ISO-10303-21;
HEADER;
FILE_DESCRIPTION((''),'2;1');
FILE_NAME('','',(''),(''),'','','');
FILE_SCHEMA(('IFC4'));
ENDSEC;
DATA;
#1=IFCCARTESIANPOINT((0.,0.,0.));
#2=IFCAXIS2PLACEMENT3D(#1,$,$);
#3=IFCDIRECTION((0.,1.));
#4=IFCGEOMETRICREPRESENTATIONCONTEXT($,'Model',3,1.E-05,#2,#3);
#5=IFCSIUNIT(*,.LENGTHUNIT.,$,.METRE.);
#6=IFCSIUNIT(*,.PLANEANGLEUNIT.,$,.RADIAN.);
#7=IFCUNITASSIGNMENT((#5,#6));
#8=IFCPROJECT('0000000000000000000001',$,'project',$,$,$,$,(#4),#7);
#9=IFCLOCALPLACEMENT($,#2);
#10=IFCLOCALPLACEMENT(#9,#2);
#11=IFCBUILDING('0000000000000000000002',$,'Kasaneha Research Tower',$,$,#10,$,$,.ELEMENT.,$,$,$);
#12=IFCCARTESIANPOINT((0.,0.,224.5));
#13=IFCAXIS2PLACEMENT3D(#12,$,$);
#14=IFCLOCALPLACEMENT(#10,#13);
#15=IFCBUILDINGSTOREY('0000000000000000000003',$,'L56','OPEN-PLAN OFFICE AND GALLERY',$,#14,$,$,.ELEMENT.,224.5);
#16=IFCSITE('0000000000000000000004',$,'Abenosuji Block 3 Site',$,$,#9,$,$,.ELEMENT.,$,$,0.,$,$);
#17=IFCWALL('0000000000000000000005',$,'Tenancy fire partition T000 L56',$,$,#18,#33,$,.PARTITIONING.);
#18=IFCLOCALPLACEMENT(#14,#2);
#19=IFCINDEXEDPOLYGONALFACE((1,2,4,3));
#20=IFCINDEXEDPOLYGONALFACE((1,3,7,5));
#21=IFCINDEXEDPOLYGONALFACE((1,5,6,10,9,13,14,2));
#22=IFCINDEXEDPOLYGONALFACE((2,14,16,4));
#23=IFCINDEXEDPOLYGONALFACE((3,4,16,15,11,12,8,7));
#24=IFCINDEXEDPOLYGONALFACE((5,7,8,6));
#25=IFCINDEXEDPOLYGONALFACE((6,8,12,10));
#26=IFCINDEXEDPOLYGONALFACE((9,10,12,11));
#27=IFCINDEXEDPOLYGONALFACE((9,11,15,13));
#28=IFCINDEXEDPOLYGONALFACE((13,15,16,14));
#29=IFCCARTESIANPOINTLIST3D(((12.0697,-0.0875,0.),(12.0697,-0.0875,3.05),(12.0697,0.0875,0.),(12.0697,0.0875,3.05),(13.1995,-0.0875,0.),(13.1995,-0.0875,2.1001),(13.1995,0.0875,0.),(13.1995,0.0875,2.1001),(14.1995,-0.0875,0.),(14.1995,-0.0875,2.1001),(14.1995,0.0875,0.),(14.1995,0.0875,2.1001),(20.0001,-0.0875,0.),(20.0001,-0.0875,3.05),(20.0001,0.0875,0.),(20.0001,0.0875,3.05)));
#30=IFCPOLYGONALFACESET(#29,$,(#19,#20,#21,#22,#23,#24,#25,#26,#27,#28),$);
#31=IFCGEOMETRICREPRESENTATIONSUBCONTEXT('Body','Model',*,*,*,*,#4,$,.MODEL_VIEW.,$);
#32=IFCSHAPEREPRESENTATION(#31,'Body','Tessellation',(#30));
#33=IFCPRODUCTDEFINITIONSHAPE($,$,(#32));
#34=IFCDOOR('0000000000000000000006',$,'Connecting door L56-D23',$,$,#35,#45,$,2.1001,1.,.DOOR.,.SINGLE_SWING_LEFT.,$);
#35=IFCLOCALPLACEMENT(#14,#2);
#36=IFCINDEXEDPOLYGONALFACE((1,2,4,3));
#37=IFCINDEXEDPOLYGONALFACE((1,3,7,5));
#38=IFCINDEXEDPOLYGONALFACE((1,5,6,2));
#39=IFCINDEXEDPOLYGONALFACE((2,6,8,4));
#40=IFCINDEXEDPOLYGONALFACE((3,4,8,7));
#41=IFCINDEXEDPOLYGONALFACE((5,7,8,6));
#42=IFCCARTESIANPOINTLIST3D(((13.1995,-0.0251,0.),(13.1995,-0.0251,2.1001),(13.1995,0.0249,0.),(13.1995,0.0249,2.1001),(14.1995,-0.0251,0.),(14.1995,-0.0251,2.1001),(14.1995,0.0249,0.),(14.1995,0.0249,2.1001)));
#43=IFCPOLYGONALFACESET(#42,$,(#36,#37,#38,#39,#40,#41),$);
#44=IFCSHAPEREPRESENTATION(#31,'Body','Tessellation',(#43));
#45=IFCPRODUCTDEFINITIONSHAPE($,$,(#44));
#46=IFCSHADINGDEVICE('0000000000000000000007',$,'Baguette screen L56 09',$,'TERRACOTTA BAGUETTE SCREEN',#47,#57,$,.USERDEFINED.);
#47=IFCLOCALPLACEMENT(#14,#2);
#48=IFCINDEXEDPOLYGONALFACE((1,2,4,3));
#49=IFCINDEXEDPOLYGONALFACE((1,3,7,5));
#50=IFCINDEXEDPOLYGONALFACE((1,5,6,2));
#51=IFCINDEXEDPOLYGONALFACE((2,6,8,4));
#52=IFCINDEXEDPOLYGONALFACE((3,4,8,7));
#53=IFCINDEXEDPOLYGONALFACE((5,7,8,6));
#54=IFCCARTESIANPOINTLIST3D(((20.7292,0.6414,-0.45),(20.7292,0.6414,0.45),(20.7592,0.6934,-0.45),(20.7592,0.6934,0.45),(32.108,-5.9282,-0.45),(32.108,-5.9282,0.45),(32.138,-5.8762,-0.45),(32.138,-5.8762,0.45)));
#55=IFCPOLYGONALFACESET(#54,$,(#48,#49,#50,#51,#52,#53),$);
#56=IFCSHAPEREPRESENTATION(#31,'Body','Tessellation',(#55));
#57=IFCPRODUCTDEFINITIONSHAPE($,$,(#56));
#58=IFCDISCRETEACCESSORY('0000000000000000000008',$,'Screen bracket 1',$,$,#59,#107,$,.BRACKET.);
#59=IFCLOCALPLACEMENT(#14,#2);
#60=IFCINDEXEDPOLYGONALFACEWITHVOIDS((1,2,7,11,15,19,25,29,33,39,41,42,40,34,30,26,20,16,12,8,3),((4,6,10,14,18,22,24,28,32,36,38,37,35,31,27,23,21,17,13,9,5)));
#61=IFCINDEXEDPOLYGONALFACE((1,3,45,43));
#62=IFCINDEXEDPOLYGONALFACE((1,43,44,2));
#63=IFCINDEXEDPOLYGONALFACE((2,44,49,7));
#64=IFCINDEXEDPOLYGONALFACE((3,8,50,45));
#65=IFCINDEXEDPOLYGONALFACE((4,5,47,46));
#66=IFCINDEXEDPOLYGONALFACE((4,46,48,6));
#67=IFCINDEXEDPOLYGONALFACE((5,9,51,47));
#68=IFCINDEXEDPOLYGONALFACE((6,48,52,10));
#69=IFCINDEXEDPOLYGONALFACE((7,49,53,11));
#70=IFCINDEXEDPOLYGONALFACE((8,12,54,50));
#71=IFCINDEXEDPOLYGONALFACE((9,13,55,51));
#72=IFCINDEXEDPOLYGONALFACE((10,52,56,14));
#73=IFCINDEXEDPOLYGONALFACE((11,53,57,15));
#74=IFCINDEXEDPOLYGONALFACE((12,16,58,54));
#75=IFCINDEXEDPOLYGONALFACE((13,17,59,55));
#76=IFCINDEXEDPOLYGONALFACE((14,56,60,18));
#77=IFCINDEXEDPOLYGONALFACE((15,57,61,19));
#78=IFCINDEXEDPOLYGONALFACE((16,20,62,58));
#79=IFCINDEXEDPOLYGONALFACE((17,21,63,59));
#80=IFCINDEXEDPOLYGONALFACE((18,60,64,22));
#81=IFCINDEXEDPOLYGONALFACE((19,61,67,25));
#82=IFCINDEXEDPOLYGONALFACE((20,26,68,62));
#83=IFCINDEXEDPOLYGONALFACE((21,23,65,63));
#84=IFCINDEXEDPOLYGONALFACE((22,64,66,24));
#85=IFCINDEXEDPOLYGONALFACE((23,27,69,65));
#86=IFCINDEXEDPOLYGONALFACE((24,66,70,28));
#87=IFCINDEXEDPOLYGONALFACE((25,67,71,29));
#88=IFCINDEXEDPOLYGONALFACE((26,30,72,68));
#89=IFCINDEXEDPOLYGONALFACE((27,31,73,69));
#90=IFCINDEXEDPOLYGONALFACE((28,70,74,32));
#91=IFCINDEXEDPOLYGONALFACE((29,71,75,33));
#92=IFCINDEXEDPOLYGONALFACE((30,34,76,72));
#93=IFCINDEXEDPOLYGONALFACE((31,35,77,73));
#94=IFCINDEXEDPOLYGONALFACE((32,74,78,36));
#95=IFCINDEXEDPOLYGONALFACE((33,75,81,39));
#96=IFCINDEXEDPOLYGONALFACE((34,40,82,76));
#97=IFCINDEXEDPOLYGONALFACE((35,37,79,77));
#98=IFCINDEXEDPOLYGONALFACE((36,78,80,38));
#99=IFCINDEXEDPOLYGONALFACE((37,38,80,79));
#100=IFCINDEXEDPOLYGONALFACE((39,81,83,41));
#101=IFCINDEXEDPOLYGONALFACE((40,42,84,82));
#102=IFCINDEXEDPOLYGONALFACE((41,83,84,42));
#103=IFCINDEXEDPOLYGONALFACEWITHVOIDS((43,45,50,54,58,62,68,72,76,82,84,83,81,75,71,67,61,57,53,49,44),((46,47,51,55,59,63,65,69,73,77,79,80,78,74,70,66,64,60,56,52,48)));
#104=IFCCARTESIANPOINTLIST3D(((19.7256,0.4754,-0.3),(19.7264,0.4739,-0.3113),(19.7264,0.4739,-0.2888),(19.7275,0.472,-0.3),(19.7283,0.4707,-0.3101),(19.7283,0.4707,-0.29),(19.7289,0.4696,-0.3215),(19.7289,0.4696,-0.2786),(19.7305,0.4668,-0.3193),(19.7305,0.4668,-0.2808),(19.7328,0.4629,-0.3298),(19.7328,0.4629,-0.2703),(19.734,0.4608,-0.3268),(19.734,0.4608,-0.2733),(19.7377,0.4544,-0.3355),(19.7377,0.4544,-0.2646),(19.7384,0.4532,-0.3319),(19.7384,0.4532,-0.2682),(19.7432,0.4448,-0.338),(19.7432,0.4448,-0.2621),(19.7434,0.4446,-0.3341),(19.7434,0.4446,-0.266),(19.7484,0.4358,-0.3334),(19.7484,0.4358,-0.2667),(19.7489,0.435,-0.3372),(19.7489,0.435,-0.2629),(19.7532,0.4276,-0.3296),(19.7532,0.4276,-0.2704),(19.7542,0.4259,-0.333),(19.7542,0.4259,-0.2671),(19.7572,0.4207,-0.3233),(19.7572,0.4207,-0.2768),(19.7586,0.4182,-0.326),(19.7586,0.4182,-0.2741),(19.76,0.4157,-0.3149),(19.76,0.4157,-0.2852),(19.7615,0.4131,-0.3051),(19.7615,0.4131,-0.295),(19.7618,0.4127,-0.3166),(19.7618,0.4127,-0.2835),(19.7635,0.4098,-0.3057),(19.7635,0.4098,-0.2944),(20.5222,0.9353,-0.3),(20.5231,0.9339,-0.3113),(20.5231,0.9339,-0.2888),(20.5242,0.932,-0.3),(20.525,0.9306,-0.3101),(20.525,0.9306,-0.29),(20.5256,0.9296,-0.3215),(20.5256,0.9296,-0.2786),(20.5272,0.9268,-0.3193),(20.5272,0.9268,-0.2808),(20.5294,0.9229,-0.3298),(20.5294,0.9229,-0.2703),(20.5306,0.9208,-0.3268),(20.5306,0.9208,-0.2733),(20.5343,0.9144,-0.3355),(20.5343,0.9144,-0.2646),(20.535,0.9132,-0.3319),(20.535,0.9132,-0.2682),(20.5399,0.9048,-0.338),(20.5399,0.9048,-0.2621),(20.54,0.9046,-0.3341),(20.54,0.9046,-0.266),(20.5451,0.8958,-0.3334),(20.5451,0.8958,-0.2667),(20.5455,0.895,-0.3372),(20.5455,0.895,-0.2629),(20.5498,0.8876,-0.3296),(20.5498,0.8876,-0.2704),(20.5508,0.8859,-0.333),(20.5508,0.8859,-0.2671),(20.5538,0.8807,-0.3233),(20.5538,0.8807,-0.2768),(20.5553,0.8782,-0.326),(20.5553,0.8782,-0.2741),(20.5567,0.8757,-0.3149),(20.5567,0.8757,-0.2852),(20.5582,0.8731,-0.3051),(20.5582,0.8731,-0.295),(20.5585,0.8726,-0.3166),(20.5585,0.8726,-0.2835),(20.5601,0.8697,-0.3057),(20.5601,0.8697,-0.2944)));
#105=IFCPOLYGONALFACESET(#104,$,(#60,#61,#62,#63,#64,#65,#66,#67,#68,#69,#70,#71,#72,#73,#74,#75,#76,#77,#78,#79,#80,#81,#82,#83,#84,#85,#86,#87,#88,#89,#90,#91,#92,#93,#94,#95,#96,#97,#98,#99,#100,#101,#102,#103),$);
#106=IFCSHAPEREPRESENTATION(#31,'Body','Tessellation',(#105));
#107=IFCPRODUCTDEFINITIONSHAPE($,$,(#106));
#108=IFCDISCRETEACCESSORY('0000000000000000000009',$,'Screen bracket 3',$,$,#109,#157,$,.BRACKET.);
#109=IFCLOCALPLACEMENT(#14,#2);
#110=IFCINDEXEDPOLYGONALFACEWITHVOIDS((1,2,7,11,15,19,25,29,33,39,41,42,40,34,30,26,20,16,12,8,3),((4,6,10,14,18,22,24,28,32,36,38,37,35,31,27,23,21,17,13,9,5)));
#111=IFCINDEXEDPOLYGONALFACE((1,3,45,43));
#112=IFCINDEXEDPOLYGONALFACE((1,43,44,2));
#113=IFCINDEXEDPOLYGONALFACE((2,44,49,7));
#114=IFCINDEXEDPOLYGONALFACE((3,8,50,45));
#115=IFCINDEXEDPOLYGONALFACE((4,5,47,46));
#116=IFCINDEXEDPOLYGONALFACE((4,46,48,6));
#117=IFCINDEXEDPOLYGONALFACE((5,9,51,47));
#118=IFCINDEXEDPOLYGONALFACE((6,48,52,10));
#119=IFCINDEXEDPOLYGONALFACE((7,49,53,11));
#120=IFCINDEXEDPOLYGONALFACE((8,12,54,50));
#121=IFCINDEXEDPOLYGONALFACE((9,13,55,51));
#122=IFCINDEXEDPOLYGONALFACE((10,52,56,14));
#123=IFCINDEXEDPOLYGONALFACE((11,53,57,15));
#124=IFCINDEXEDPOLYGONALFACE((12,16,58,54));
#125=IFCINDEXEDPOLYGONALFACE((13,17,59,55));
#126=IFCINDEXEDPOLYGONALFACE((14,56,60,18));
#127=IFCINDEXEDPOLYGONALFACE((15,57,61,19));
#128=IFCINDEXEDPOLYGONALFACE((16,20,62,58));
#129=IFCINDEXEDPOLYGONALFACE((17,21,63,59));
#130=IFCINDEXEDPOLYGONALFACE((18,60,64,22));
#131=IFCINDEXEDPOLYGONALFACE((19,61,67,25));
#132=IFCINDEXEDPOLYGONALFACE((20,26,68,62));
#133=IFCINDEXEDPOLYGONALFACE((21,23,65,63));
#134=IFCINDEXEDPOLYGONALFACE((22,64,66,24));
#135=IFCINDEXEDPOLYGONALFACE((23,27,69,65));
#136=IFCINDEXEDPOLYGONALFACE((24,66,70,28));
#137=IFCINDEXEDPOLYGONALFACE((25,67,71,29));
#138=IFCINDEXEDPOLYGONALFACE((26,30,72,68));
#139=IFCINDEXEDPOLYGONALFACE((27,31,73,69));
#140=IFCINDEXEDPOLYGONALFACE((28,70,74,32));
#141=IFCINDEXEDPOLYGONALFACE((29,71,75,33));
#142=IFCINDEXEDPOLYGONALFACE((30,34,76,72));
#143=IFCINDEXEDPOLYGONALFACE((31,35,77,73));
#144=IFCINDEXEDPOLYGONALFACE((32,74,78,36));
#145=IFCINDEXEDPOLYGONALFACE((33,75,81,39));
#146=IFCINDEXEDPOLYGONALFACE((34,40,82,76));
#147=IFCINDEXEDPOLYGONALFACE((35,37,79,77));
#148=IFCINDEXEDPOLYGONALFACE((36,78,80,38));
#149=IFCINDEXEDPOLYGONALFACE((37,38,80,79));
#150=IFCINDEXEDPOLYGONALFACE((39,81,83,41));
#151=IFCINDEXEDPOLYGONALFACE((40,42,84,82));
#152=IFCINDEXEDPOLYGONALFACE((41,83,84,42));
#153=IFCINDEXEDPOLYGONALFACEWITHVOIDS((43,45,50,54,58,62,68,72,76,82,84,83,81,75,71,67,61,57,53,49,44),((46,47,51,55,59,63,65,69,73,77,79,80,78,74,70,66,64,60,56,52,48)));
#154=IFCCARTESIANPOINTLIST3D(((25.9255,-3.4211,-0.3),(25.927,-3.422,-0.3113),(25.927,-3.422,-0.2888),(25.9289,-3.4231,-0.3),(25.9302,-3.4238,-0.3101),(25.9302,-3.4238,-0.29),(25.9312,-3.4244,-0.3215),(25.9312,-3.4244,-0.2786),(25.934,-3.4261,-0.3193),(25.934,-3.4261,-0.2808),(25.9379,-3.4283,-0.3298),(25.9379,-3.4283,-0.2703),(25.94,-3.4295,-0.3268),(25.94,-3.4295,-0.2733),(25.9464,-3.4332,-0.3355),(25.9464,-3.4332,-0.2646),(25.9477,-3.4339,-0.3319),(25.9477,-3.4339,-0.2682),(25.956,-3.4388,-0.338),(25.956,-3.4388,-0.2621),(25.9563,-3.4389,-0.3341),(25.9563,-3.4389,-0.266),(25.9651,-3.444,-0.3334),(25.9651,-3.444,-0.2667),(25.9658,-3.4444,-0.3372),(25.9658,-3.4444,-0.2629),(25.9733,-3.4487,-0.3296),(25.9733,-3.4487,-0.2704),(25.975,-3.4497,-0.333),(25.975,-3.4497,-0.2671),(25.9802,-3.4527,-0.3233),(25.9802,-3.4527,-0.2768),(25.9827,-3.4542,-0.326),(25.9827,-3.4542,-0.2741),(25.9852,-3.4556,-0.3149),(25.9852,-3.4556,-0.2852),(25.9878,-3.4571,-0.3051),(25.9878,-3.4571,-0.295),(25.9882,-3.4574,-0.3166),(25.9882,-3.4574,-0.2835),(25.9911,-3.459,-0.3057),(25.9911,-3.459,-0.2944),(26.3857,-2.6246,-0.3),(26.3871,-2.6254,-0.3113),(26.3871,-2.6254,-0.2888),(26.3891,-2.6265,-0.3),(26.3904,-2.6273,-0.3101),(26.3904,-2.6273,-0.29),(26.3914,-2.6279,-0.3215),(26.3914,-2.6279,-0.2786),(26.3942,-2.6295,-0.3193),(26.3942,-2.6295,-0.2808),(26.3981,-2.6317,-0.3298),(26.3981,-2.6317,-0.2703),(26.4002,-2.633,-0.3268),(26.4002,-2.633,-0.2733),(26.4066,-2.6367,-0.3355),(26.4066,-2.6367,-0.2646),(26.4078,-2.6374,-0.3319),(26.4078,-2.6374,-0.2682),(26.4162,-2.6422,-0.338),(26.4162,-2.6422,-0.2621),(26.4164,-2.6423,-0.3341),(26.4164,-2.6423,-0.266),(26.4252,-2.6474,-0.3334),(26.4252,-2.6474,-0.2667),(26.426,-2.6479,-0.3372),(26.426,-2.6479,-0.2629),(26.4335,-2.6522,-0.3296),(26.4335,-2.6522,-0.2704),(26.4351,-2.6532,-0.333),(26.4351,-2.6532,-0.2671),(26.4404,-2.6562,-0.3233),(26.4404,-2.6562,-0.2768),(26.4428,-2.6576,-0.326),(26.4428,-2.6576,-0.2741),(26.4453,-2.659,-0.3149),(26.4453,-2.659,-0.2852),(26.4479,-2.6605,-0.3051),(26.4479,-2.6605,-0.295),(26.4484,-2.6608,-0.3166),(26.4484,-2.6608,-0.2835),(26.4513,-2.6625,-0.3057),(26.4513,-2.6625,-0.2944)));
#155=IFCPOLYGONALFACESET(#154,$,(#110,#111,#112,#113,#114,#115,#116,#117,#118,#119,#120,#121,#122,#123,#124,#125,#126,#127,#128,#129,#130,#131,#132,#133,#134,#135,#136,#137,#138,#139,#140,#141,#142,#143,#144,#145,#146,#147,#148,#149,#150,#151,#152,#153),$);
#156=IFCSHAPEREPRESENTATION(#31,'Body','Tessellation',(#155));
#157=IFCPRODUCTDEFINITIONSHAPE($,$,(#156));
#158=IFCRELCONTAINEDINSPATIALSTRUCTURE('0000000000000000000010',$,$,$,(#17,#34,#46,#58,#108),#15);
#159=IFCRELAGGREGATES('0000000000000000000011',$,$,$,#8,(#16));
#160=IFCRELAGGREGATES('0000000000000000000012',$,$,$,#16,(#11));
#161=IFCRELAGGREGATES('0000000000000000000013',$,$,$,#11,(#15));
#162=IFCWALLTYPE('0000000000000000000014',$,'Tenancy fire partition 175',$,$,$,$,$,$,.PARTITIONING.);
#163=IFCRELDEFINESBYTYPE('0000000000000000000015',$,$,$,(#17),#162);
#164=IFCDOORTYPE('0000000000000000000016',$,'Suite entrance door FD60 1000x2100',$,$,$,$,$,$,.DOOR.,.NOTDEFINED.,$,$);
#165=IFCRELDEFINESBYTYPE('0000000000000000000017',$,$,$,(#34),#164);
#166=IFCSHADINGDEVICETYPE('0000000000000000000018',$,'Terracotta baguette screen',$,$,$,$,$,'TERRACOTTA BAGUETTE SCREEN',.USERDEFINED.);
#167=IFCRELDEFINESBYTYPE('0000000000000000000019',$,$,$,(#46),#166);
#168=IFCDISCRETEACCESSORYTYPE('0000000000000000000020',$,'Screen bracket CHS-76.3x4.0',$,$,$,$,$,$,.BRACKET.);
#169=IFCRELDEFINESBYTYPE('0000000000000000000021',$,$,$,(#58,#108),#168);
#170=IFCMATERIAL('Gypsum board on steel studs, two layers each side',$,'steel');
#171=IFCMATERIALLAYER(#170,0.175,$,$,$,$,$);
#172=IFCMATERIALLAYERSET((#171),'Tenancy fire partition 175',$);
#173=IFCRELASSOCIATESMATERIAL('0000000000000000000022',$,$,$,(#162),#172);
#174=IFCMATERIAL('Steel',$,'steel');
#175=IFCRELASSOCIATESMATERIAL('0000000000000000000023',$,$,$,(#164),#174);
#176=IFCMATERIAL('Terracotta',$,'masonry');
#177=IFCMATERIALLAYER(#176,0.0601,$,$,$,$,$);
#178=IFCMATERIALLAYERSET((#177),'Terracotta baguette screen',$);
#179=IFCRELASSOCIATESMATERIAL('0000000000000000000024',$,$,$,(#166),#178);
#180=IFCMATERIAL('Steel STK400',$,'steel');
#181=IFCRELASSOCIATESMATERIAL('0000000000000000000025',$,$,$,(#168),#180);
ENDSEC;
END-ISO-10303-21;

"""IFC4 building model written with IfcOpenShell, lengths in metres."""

from ifc_helpers import new_model, si_unit, direction, frame, frame_2d, origin, origin_2d, place, context, subcontext, project, spatial, rectangle, hollow_circle, extrude, material, layer, layer_set, material_profile, profile_set, type_object, element, fill, save


model = new_model("IFC4")

# Units and contexts
model_context = context("Model", 3, precision=1e-05, world=origin(), true_north=direction((0.0, 1.0)))
body_context = subcontext(model_context, "Body", "Model", "MODEL_VIEW")
ifc_project = project(units=[si_unit("LENGTHUNIT", "METRE"), si_unit("PLANEANGLEUNIT", "RADIAN")], contexts=[model_context])

# Site, building, storey
site_placement = place(None, origin())
site = spatial("IfcSite", under=ifc_project, at=site_placement, Name="Abenosuji Block 3 Site", CompositionType="ELEMENT", RefElevation=0.0)
building_placement = place(site_placement, origin())
building = spatial("IfcBuilding", under=site, at=building_placement, Name="Kasaneha Research Tower", CompositionType="ELEMENT")
storey_placement = place(building_placement, frame((0.0, 0.0, 224.5)))
storey = spatial("IfcBuildingStorey", under=building, at=storey_placement, Name="L56", Description="OPEN-PLAN OFFICE AND GALLERY", CompositionType="ELEMENT", Elevation=224.5)

# Wall, opening, door
ifc_material_1 = material(Name="Gypsum board on steel studs, two layers each side", Category="steel")
ifc_layer_1 = layer(ifc_material_1, 0.175)
ifc_layer_set_1 = layer_set([ifc_layer_1], Name="Tenancy fire partition 175")
wall_type_1 = type_object("IfcWallType", Name="Tenancy fire partition 175", PredefinedType="PARTITIONING", material=ifc_layer_set_1)
wall_1_placement = place(storey_placement, frame((12.0696, 0.0, 0.0), z_axis=(0.0, 0.0, 1.0), x_axis=(1.0, 0.0, 0.0)))
wall_1 = element("IfcWall", 1, at=wall_1_placement, inside=storey, type_object=wall_type_1, Name="Tenancy fire partition T000 L56", PredefinedType="PARTITIONING", context=body_context, shape_type="SweptSolid", body=[
    extrude(rectangle(XDim=7.9304, YDim=0.175, at=frame_2d((3.9653, 0.0))), origin(), (0.0, 0.0, 1.0), 3.05),
])
opening_1_placement = place(wall_1_placement, frame((1.1299, 0.0, 0.0)))
opening_1 = element("IfcOpeningElement", 2, at=opening_1_placement, cuts=wall_1, PredefinedType="OPENING", context=body_context, shape_type="SweptSolid", body=[
    extrude(rectangle(XDim=1.0, YDim=2.1001, at=frame_2d((0.5, 1.05))), frame((0.0, 0.0977, 0.0), z_axis=(0.0, -1.0, 0.0), x_axis=(1.0, 0.0, 0.0)), (0.0, 0.0, 1.0), 0.1951),
])
ifc_material_2 = material(Name="Steel", Category="steel")
door_type_1 = type_object("IfcDoorType", Name="Suite entrance door FD60 1000x2100", OperationType="NOTDEFINED", PredefinedType="DOOR", material=ifc_material_2)
door_1_placement = place(opening_1_placement, origin())
door_1 = element("IfcDoor", 3, at=door_1_placement, inside=storey, type_object=door_type_1, Name="Connecting door L56-D23", OperationType="SINGLE_SWING_LEFT", OverallHeight=2.1001, OverallWidth=1.0, PredefinedType="DOOR", context=body_context, shape_type="SweptSolid", body=[
    extrude(rectangle(XDim=1.0, YDim=2.1001, at=frame_2d((0.5, 1.05))), frame((0.0, 0.0249, 0.0), z_axis=(0.0, -1.0, 0.0), x_axis=(1.0, 0.0, 0.0)), (0.0, 0.0, 1.0), 0.05),
])
fill(opening_1, door_1)

# Shading device
ifc_material_3 = material(Name="Terracotta", Category="masonry")
ifc_layer_2 = layer(ifc_material_3, 0.0601)
ifc_layer_set_2 = layer_set([ifc_layer_2], Name="Terracotta baguette screen")
shading_device_type = type_object("IfcShadingDeviceType", Name="Terracotta baguette screen", ElementType="TERRACOTTA BAGUETTE SCREEN", PredefinedType="USERDEFINED", material=ifc_layer_set_2)
shading_device_placement = place(storey_placement, frame((26.4336, -2.6174, -0.45), z_axis=(0.0, 0.0, 1.0), x_axis=(-0.866025, 0.5, 0.0)))
element("IfcShadingDevice", 4, at=shading_device_placement, inside=storey, type_object=shading_device_type, Name="Baguette screen L56 09", ObjectType="TERRACOTTA BAGUETTE SCREEN", PredefinedType="USERDEFINED", context=body_context, shape_type="SweptSolid", body=[
    extrude(rectangle(XDim=13.1392, YDim=0.0601, at=origin_2d()), origin(), (0.0, 0.0, 1.0), 0.8999),
])

# Discrete accessories
ifc_material_4 = material(Name="Steel STK400", Category="steel")
ifc_material_profile_1 = material_profile(ifc_material_4, hollow_circle(Radius=0.0381, WallThickness=0.0039, at=origin_2d()), Name="CHS-76.3x4.0")
ifc_profile_set_1 = profile_set([ifc_material_profile_1], Name="Steel STK400")
discrete_accessory_type = type_object("IfcDiscreteAccessoryType", Name="Screen bracket CHS-76.3x4.0", PredefinedType="BRACKET", material=ifc_profile_set_1)
for number, where, z_axis, x_axis, name in (
    (5, (19.7446, 0.4424, -0.3), (0.866013, 0.500021, 0.0), (-0.500021, 0.866013, 0.0), "Screen bracket 1"),
    (6, (25.9585, -3.4402, -0.3), (0.50022, 0.865898, 0.0), (-0.865898, 0.50022, 0.0), "Screen bracket 3"),
):
    element("IfcDiscreteAccessory", number, at=place(storey_placement, frame(where, z_axis=z_axis, x_axis=x_axis)), inside=storey, type_object=discrete_accessory_type, Name=name, PredefinedType="BRACKET", context=body_context, shape_type="SweptSolid", body=[
        extrude(hollow_circle(Radius=0.0381, WallThickness=0.0039, at=origin_2d()), origin(), (0.0, 0.0, 1.0), 0.9199),
    ])

save(model, "model.ifc")
